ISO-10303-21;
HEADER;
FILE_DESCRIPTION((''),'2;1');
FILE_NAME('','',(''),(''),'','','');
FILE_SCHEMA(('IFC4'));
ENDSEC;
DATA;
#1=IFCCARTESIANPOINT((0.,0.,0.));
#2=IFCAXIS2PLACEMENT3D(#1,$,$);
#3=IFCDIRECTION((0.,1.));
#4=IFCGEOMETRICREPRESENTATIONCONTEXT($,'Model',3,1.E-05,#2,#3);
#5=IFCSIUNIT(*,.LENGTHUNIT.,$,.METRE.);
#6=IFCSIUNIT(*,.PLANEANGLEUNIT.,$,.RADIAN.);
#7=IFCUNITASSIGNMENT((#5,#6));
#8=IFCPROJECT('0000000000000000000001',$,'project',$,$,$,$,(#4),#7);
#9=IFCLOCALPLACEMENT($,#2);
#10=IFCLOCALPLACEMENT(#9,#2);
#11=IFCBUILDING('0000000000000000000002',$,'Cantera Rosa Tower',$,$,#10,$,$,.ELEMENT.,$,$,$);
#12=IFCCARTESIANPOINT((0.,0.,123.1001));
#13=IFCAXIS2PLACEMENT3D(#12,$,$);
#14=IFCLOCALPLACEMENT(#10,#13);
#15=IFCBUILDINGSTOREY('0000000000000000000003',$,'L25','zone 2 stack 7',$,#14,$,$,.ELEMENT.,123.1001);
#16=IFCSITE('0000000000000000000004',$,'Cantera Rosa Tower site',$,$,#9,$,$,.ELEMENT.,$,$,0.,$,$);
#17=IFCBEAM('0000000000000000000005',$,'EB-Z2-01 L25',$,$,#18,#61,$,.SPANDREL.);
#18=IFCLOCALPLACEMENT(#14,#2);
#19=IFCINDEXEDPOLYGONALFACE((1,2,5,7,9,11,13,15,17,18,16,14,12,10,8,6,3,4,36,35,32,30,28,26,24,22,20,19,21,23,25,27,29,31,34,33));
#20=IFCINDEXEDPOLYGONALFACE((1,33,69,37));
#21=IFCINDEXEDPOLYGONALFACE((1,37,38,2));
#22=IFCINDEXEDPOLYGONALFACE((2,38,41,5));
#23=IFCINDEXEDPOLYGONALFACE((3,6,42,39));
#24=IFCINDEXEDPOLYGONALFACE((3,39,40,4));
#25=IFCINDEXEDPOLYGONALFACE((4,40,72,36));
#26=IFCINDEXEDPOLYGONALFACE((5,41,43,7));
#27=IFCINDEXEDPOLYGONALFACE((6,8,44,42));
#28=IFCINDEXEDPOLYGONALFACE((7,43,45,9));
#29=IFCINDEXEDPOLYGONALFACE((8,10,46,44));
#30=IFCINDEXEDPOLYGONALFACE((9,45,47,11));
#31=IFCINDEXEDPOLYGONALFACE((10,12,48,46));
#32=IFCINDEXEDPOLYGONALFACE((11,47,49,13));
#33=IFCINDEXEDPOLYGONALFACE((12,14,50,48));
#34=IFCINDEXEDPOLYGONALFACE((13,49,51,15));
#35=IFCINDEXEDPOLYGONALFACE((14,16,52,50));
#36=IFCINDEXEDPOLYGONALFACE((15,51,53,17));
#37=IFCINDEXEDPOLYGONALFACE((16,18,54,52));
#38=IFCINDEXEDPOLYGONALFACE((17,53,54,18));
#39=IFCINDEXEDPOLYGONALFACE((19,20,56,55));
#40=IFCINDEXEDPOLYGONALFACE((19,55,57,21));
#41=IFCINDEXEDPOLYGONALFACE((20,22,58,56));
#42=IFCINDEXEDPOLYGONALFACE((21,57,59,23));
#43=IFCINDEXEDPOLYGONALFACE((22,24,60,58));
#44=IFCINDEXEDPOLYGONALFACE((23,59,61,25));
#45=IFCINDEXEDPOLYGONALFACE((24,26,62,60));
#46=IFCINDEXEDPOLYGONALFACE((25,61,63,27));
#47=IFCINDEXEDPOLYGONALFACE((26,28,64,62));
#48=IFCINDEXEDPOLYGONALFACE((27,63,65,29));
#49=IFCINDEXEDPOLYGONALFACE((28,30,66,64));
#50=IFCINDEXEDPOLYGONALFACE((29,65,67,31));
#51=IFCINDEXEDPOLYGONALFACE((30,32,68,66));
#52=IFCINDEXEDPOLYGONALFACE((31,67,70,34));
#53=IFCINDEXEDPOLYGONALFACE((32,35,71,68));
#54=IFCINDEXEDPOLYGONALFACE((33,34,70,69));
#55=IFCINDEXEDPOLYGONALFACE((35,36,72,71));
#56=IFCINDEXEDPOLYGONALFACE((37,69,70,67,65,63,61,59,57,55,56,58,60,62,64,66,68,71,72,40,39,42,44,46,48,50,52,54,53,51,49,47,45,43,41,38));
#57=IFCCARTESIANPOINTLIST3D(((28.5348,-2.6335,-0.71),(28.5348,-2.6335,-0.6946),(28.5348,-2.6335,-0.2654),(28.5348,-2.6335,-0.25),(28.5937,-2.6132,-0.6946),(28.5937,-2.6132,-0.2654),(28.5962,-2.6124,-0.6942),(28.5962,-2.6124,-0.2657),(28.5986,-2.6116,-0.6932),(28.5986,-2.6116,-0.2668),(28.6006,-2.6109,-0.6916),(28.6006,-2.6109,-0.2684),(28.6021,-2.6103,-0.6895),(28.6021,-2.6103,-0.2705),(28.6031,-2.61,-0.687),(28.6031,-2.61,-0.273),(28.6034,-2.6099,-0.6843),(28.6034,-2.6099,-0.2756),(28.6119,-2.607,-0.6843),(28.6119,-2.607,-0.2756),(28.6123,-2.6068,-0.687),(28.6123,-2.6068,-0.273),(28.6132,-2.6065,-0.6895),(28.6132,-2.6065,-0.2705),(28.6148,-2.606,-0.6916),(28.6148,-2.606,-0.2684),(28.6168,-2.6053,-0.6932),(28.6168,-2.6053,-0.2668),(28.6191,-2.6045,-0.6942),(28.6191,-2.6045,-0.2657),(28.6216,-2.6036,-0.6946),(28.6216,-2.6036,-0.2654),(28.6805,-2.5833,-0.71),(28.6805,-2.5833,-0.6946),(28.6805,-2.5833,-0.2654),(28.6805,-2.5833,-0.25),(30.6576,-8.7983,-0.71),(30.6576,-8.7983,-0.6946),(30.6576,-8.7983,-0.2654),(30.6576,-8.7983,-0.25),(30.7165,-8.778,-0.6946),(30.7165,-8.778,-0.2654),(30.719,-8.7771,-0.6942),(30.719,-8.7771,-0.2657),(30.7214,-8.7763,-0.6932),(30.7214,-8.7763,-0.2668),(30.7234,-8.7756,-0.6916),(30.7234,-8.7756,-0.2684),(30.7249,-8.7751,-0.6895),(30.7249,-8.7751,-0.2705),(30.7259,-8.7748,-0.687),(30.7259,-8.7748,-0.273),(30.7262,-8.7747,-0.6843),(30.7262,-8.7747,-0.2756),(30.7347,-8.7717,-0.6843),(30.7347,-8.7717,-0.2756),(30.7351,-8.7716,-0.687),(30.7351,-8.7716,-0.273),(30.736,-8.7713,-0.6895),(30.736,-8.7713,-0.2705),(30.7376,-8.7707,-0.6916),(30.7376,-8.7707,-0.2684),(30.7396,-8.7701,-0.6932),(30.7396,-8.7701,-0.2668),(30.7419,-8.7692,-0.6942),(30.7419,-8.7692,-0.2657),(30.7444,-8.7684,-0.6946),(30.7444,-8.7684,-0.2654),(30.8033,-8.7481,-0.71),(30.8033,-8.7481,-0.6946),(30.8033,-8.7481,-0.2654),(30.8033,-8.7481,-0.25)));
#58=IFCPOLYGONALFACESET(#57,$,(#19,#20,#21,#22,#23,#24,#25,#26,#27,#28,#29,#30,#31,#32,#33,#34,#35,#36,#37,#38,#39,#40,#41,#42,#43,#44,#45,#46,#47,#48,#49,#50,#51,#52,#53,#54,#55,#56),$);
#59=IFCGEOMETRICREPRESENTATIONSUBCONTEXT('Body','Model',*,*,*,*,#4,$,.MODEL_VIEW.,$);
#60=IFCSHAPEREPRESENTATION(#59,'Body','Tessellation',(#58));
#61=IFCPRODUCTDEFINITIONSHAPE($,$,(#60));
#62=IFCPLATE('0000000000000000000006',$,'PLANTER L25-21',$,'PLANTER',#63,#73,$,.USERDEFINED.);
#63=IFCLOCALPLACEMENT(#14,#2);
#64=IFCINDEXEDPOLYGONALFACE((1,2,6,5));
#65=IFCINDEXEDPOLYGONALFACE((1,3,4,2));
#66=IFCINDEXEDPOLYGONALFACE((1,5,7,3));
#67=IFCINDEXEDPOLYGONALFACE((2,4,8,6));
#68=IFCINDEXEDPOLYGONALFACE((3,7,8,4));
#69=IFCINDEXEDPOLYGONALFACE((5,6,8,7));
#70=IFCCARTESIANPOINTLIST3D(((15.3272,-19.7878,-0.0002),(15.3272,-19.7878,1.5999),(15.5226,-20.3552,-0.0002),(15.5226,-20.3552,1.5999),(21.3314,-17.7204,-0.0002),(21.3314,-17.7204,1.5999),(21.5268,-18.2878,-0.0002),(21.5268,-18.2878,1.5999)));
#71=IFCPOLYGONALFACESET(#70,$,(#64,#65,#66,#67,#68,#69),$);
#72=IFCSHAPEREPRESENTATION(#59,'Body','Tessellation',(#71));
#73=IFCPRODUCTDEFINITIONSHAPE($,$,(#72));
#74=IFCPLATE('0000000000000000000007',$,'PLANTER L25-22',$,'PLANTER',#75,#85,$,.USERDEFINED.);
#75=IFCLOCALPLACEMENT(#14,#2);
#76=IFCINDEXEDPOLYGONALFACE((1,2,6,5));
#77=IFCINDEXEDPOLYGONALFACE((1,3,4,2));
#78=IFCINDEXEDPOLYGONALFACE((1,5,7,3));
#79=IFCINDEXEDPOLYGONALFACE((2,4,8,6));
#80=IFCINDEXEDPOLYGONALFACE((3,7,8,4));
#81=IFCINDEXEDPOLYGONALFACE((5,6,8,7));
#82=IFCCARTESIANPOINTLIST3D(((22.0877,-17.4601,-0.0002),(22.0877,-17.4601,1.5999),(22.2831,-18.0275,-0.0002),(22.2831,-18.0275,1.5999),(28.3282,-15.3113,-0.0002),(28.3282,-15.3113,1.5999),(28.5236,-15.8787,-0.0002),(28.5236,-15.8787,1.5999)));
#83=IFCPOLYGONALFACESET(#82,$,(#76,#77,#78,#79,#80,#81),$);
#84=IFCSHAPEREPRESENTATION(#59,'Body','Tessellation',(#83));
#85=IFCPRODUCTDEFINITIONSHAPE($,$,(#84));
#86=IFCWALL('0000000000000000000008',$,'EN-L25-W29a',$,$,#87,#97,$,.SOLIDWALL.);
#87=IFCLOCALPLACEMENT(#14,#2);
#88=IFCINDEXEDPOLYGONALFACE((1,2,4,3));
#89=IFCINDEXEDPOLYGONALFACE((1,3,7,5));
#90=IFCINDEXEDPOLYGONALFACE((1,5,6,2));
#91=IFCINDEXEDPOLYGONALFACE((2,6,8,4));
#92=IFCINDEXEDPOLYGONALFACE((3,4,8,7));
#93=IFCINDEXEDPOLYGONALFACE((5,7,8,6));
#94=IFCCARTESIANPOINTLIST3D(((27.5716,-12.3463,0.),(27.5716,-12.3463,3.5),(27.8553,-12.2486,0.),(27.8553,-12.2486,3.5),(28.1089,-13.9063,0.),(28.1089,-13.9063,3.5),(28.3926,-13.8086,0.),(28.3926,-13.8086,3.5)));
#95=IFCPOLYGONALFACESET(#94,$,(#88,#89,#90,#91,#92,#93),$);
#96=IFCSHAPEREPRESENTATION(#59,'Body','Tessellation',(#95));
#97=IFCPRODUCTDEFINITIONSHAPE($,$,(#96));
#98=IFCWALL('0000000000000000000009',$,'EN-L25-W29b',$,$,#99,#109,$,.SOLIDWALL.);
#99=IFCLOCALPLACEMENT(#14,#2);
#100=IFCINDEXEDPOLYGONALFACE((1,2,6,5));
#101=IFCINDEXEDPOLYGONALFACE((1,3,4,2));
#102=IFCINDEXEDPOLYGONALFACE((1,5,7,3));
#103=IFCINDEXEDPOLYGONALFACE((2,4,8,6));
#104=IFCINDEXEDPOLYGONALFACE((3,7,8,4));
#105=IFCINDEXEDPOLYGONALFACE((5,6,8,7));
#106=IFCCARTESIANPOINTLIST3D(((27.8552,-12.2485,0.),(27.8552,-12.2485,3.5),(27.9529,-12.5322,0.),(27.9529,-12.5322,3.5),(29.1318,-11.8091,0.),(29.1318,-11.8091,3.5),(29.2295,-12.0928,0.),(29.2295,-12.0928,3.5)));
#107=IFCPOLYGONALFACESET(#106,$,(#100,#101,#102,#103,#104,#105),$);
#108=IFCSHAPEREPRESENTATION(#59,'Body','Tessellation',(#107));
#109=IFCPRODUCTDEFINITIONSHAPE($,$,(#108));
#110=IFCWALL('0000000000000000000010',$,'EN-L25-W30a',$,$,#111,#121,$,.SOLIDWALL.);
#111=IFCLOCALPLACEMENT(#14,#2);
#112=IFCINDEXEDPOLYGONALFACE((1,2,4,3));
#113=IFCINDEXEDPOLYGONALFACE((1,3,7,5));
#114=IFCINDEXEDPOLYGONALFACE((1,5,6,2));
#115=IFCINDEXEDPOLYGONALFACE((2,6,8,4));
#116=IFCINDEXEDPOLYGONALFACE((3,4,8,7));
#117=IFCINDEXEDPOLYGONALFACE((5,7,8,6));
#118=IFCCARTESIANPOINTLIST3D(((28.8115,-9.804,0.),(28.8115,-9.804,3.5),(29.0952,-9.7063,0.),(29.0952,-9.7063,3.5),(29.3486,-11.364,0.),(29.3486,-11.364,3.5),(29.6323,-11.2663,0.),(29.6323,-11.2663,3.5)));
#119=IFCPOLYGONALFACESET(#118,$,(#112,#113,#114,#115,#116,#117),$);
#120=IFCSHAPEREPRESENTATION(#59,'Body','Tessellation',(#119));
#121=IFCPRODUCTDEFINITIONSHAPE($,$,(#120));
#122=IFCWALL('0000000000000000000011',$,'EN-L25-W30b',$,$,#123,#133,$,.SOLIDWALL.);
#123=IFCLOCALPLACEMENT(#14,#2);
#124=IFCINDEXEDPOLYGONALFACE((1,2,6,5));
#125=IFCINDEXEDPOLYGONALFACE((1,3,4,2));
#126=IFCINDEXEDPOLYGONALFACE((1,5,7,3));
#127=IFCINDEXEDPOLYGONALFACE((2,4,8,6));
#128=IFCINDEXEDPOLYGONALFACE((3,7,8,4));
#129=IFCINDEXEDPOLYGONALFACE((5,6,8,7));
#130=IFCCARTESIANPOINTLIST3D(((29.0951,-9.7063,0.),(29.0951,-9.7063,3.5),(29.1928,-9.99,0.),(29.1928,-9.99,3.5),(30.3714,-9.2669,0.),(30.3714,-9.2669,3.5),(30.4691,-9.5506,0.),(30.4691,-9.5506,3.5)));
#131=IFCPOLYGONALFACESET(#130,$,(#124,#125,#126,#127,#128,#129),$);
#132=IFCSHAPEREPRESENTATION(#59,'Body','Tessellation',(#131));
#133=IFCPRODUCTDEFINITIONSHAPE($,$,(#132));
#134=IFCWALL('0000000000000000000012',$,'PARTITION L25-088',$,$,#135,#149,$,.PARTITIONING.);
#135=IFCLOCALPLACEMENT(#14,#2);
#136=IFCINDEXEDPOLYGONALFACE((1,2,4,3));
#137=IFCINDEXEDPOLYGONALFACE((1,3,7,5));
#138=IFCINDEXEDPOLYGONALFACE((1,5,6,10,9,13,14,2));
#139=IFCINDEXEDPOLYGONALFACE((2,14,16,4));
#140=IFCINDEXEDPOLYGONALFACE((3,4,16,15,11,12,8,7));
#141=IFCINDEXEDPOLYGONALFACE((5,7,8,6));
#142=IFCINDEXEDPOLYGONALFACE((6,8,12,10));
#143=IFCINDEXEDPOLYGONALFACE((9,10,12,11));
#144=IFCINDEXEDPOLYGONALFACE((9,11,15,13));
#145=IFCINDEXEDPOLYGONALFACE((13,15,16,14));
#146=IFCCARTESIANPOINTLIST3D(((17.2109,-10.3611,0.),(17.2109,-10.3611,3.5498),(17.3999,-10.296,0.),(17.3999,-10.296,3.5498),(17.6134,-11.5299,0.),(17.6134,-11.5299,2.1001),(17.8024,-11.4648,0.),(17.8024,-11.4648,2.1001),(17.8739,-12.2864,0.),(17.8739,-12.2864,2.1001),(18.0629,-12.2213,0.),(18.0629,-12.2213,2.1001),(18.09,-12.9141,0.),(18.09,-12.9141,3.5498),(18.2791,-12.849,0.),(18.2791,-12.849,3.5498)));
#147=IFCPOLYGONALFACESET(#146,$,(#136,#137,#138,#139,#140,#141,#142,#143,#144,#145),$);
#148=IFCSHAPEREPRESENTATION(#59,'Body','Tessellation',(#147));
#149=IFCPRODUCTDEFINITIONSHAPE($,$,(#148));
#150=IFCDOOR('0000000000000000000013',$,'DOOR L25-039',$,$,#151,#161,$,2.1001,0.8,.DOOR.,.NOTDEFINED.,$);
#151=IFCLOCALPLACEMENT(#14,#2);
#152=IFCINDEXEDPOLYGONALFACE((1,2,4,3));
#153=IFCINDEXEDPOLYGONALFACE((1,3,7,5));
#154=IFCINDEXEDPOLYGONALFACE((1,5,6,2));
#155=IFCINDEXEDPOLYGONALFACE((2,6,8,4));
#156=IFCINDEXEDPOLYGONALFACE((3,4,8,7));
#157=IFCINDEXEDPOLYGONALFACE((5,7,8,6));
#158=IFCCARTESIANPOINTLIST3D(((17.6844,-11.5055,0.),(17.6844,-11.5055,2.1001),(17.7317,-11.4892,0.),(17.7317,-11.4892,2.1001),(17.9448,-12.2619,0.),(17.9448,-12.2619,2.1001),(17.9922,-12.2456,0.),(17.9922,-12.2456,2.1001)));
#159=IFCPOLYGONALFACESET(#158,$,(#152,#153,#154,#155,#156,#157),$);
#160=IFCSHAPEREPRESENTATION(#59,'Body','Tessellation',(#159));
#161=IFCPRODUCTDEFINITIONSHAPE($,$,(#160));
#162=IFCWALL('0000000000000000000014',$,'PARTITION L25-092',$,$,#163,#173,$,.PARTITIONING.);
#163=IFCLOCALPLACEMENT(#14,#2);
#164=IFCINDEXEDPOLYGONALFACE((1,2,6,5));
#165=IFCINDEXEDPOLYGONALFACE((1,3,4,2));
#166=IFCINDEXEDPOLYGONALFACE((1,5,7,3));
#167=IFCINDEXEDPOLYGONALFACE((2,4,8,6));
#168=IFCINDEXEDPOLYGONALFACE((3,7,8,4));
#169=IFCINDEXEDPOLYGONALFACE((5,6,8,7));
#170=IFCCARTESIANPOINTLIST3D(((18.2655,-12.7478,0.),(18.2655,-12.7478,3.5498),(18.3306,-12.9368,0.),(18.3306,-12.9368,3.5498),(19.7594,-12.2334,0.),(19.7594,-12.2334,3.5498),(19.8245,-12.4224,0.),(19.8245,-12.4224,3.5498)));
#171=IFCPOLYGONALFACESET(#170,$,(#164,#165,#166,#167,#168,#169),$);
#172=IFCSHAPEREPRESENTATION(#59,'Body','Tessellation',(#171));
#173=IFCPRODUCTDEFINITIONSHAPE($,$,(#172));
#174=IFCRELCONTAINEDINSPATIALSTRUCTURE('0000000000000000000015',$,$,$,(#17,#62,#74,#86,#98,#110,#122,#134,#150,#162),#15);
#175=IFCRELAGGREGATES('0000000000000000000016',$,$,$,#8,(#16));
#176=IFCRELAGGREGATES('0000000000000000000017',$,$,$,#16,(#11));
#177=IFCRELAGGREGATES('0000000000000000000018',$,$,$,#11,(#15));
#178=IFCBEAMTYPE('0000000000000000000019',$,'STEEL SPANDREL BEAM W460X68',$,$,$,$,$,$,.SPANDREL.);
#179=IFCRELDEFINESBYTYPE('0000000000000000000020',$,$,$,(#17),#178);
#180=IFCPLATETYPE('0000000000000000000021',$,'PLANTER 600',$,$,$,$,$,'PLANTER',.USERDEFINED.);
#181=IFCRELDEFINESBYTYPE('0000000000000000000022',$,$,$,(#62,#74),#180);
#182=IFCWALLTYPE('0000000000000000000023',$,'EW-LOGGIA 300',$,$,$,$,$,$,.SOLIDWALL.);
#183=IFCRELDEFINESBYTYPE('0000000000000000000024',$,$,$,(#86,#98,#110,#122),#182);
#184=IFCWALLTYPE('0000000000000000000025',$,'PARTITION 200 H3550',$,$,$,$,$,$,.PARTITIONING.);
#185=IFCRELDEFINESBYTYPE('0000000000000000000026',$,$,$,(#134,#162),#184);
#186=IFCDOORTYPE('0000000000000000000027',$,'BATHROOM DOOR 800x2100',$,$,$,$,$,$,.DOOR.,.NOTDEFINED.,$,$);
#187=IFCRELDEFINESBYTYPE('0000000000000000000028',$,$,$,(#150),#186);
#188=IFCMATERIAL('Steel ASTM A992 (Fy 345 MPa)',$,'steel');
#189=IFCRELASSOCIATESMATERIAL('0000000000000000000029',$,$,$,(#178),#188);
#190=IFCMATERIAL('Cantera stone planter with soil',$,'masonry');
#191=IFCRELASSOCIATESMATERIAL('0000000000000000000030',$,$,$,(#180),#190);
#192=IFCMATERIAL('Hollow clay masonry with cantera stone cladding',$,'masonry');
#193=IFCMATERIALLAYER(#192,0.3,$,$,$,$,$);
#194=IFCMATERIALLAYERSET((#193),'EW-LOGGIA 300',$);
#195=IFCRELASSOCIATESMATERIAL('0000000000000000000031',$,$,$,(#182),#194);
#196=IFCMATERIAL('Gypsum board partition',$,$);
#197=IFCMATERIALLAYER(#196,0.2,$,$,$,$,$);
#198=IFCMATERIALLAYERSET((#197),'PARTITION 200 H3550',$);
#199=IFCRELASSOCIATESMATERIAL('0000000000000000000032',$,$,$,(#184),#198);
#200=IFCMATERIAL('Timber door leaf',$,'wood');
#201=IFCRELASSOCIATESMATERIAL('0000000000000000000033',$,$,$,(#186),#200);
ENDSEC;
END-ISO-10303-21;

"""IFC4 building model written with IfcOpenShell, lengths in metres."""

from ifc_helpers import new_model, si_unit, direction, frame, frame_2d, origin, origin_2d, place, context, subcontext, project, spatial, rectangle, i_section, extrude, material, layer, layer_set, material_profile, profile_set, type_object, element, fill, save


model = new_model("IFC4")

# Units and contexts
model_context = context("Model", 3, precision=1e-05, world=origin(), true_north=direction((0.0, 1.0)))
body_context = subcontext(model_context, "Body", "Model", "MODEL_VIEW")
ifc_project = project(units=[si_unit("LENGTHUNIT", "METRE"), si_unit("PLANEANGLEUNIT", "RADIAN")], contexts=[model_context])

# Site, building, storey
site_placement = place(None, origin())
site = spatial("IfcSite", under=ifc_project, at=site_placement, Name="Cantera Rosa Tower site", CompositionType="ELEMENT", RefElevation=0.0)
building_placement = place(site_placement, origin())
building = spatial("IfcBuilding", under=site, at=building_placement, Name="Cantera Rosa Tower", CompositionType="ELEMENT")
storey_placement = place(building_placement, frame((0.0, 0.0, 123.1001)))
storey = spatial("IfcBuildingStorey", under=building, at=storey_placement, Name="L25", Description="zone 2 stack 7", CompositionType="ELEMENT", Elevation=123.1001)

# Beam
ifc_material_1 = material(Name="Steel ASTM A992 (Fy 345 MPa)", Category="steel")
ifc_material_profile_1 = material_profile(ifc_material_1, i_section(OverallWidth=0.1541, OverallDepth=0.46, WebThickness=0.009, FlangeThickness=0.0154, FilletRadius=0.0103, at=origin_2d()), Name="W460X68")
ifc_profile_set_1 = profile_set([ifc_material_profile_1], Name="Steel ASTM A992 (Fy 345 MPa)")
beam_type_1 = type_object("IfcBeamType", Name="STEEL SPANDREL BEAM W460X68", PredefinedType="SPANDREL", material=ifc_profile_set_1)
beam_1_placement = place(storey_placement, frame((30.7305, -8.7732, -0.48), z_axis=(-0.325581, 0.945514, 0.0), x_axis=(-0.945514, -0.325581, 0.0)))
element("IfcBeam", 1, at=beam_1_placement, inside=storey, type_object=beam_type_1, Name="EB-Z2-01 L25", PredefinedType="SPANDREL", context=body_context, shape_type="SweptSolid", body=[
    extrude(i_section(OverallWidth=0.1541, OverallDepth=0.46, WebThickness=0.009, FlangeThickness=0.0154, FilletRadius=0.0103, at=origin_2d()), origin(), (0.0, 0.0, 1.0), 6.52),
])

# Plates
ifc_material_2 = material(Name="Cantera stone planter with soil", Category="masonry")
plate_type = type_object("IfcPlateType", Name="PLANTER 600", ElementType="PLANTER", PredefinedType="USERDEFINED", material=ifc_material_2)
plate_1_placement = place(storey_placement, frame((18.427, -19.0378, -0.0002), z_axis=(0.0, 0.0, 1.0), x_axis=(0.945519, 0.325568, 0.0)))
element("IfcPlate", 2, at=plate_1_placement, inside=storey, type_object=plate_type, Name="PLANTER L25-21", ObjectType="PLANTER", PredefinedType="USERDEFINED", context=body_context, shape_type="SweptSolid", body=[
    extrude(rectangle(XDim=6.3501, YDim=0.6001, at=origin_2d()), origin(), (0.0, 0.0, 1.0), 1.6001),
])
plate_2_placement = place(storey_placement, frame((25.3057, -16.6694, -0.0002), z_axis=(0.0, 0.0, 1.0), x_axis=(0.945519, 0.325568, 0.0)))
element("IfcPlate", 3, at=plate_2_placement, inside=storey, type_object=plate_type, Name="PLANTER L25-22", ObjectType="PLANTER", PredefinedType="USERDEFINED", context=body_context, shape_type="SweptSolid", body=[
    extrude(rectangle(XDim=6.6001, YDim=0.6001, at=origin_2d()), origin(), (0.0, 0.0, 1.0), 1.6001),
])

# Walls
ifc_material_3 = material(Name="Hollow clay masonry with cantera stone cladding", Category="masonry")
ifc_layer_1 = layer(ifc_material_3, 0.3)
ifc_layer_set_1 = layer_set([ifc_layer_1], Name="EW-LOGGIA 300")
wall_type_1 = type_object("IfcWallType", Name="EW-LOGGIA 300", PredefinedType="SOLIDWALL", material=ifc_layer_set_1)
wall_1_placement = place(storey_placement, frame((28.2507, -13.8574, 0.0), z_axis=(0.0, 0.0, 1.0), x_axis=(-0.325667, 0.945485, 0.0)))
element("IfcWall", 4, at=wall_1_placement, inside=storey, type_object=wall_type_1, Name="EN-L25-W29a", PredefinedType="SOLIDWALL", context=body_context, shape_type="SweptSolid", body=[
    extrude(rectangle(XDim=1.6499, YDim=0.3, at=frame_2d((0.825, 0.0))), origin(), (0.0, 0.0, 1.0), 3.5),
])
wall_2_placement = place(storey_placement, frame((27.9041, -12.3904, 0.0), z_axis=(0.0, 0.0, 1.0), x_axis=(0.945546, 0.325489, 0.0)))
element("IfcWall", 5, at=wall_2_placement, inside=storey, type_object=wall_type_1, Name="EN-L25-W29b", PredefinedType="SOLIDWALL", context=body_context, shape_type="SweptSolid", body=[
    extrude(rectangle(XDim=1.3501, YDim=0.3, at=frame_2d((0.675, 0.0))), origin(), (0.0, 0.0, 1.0), 3.5),
])
wall_3_placement = place(storey_placement, frame((29.4905, -11.3152, 0.0), z_axis=(0.0, 0.0, 1.0), x_axis=(-0.325535, 0.94553, 0.0)))
element("IfcWall", 6, at=wall_3_placement, inside=storey, type_object=wall_type_1, Name="EN-L25-W30a", PredefinedType="SOLIDWALL", context=body_context, shape_type="SweptSolid", body=[
    extrude(rectangle(XDim=1.6499, YDim=0.3, at=frame_2d((0.825, 0.0))), origin(), (0.0, 0.0, 1.0), 3.5),
])
wall_4_placement = place(storey_placement, frame((29.144, -9.8481, 0.0), z_axis=(0.0, 0.0, 1.0), x_axis=(0.945527, 0.325545, 0.0)))
element("IfcWall", 7, at=wall_4_placement, inside=storey, type_object=wall_type_1, Name="EN-L25-W30b", PredefinedType="SOLIDWALL", context=body_context, shape_type="SweptSolid", body=[
    extrude(rectangle(XDim=1.3499, YDim=0.3, at=frame_2d((0.6748, 0.0))), origin(), (0.0, 0.0, 1.0), 3.5),
])

# Wall, opening, door
ifc_material_4 = material(Name="Gypsum board partition")
ifc_layer_2 = layer(ifc_material_4, 0.2)
ifc_layer_set_2 = layer_set([ifc_layer_2], Name="PARTITION 200 H3550")
wall_type_2 = type_object("IfcWallType", Name="PARTITION 200 H3550", PredefinedType="PARTITIONING", material=ifc_layer_set_2)
wall_5_placement = place(storey_placement, frame((18.1846, -12.8816, 0.0), z_axis=(0.0, 0.0, 1.0), x_axis=(-0.325598, 0.945508, 0.0)))
wall_5 = element("IfcWall", 8, at=wall_5_placement, inside=storey, type_object=wall_type_2, Name="PARTITION L25-088", PredefinedType="PARTITIONING", context=body_context, shape_type="SweptSolid", body=[
    extrude(rectangle(XDim=2.7002, YDim=0.2, at=frame_2d((1.3501, 0.0))), origin(), (0.0, 0.0, 1.0), 3.5498),
])
opening_1_placement = place(wall_5_placement, frame((0.6641, 0.0, 0.0)))
opening_1 = element("IfcOpeningElement", 9, at=opening_1_placement, cuts=wall_5, PredefinedType="OPENING", context=body_context, shape_type="SweptSolid", body=[
    extrude(rectangle(XDim=0.8, YDim=2.1001, at=frame_2d((0.3999, 1.05))), frame((0.0, 0.1099, 0.0), z_axis=(0.0, -1.0, 0.0), x_axis=(1.0, 0.0, 0.0)), (0.0, 0.0, 1.0), 0.22),
])
ifc_material_5 = material(Name="Timber door leaf", Category="wood")
door_type_1 = type_object("IfcDoorType", Name="BATHROOM DOOR 800x2100", OperationType="NOTDEFINED", PredefinedType="DOOR", material=ifc_material_5)
door_1_placement = place(opening_1_placement, origin())
door_1 = element("IfcDoor", 10, at=door_1_placement, inside=storey, type_object=door_type_1, Name="DOOR L25-039", OperationType="NOTDEFINED", OverallHeight=2.1001, OverallWidth=0.8, PredefinedType="DOOR", context=body_context, shape_type="SweptSolid", body=[
    extrude(rectangle(XDim=0.8, YDim=2.1001, at=frame_2d((0.3999, 1.05))), frame((0.0, 0.0249, 0.0), z_axis=(0.0, -1.0, 0.0), x_axis=(1.0, 0.0, 0.0)), (0.0, 0.0, 1.0), 0.05),
])
fill(opening_1, door_1)

# Wall
wall_6_placement = place(storey_placement, frame((19.792, -12.3279, 0.0), z_axis=(0.0, 0.0, 1.0), x_axis=(-0.945516, -0.325576, 0.0)))
element("IfcWall", 11, at=wall_6_placement, inside=storey, type_object=wall_type_2, Name="PARTITION L25-092", PredefinedType="PARTITIONING", context=body_context, shape_type="SweptSolid", body=[
    extrude(rectangle(XDim=1.5801, YDim=0.2, at=frame_2d((0.79, 0.0))), origin(), (0.0, 0.0, 1.0), 3.5498),
])

save(model, "model.ifc")
